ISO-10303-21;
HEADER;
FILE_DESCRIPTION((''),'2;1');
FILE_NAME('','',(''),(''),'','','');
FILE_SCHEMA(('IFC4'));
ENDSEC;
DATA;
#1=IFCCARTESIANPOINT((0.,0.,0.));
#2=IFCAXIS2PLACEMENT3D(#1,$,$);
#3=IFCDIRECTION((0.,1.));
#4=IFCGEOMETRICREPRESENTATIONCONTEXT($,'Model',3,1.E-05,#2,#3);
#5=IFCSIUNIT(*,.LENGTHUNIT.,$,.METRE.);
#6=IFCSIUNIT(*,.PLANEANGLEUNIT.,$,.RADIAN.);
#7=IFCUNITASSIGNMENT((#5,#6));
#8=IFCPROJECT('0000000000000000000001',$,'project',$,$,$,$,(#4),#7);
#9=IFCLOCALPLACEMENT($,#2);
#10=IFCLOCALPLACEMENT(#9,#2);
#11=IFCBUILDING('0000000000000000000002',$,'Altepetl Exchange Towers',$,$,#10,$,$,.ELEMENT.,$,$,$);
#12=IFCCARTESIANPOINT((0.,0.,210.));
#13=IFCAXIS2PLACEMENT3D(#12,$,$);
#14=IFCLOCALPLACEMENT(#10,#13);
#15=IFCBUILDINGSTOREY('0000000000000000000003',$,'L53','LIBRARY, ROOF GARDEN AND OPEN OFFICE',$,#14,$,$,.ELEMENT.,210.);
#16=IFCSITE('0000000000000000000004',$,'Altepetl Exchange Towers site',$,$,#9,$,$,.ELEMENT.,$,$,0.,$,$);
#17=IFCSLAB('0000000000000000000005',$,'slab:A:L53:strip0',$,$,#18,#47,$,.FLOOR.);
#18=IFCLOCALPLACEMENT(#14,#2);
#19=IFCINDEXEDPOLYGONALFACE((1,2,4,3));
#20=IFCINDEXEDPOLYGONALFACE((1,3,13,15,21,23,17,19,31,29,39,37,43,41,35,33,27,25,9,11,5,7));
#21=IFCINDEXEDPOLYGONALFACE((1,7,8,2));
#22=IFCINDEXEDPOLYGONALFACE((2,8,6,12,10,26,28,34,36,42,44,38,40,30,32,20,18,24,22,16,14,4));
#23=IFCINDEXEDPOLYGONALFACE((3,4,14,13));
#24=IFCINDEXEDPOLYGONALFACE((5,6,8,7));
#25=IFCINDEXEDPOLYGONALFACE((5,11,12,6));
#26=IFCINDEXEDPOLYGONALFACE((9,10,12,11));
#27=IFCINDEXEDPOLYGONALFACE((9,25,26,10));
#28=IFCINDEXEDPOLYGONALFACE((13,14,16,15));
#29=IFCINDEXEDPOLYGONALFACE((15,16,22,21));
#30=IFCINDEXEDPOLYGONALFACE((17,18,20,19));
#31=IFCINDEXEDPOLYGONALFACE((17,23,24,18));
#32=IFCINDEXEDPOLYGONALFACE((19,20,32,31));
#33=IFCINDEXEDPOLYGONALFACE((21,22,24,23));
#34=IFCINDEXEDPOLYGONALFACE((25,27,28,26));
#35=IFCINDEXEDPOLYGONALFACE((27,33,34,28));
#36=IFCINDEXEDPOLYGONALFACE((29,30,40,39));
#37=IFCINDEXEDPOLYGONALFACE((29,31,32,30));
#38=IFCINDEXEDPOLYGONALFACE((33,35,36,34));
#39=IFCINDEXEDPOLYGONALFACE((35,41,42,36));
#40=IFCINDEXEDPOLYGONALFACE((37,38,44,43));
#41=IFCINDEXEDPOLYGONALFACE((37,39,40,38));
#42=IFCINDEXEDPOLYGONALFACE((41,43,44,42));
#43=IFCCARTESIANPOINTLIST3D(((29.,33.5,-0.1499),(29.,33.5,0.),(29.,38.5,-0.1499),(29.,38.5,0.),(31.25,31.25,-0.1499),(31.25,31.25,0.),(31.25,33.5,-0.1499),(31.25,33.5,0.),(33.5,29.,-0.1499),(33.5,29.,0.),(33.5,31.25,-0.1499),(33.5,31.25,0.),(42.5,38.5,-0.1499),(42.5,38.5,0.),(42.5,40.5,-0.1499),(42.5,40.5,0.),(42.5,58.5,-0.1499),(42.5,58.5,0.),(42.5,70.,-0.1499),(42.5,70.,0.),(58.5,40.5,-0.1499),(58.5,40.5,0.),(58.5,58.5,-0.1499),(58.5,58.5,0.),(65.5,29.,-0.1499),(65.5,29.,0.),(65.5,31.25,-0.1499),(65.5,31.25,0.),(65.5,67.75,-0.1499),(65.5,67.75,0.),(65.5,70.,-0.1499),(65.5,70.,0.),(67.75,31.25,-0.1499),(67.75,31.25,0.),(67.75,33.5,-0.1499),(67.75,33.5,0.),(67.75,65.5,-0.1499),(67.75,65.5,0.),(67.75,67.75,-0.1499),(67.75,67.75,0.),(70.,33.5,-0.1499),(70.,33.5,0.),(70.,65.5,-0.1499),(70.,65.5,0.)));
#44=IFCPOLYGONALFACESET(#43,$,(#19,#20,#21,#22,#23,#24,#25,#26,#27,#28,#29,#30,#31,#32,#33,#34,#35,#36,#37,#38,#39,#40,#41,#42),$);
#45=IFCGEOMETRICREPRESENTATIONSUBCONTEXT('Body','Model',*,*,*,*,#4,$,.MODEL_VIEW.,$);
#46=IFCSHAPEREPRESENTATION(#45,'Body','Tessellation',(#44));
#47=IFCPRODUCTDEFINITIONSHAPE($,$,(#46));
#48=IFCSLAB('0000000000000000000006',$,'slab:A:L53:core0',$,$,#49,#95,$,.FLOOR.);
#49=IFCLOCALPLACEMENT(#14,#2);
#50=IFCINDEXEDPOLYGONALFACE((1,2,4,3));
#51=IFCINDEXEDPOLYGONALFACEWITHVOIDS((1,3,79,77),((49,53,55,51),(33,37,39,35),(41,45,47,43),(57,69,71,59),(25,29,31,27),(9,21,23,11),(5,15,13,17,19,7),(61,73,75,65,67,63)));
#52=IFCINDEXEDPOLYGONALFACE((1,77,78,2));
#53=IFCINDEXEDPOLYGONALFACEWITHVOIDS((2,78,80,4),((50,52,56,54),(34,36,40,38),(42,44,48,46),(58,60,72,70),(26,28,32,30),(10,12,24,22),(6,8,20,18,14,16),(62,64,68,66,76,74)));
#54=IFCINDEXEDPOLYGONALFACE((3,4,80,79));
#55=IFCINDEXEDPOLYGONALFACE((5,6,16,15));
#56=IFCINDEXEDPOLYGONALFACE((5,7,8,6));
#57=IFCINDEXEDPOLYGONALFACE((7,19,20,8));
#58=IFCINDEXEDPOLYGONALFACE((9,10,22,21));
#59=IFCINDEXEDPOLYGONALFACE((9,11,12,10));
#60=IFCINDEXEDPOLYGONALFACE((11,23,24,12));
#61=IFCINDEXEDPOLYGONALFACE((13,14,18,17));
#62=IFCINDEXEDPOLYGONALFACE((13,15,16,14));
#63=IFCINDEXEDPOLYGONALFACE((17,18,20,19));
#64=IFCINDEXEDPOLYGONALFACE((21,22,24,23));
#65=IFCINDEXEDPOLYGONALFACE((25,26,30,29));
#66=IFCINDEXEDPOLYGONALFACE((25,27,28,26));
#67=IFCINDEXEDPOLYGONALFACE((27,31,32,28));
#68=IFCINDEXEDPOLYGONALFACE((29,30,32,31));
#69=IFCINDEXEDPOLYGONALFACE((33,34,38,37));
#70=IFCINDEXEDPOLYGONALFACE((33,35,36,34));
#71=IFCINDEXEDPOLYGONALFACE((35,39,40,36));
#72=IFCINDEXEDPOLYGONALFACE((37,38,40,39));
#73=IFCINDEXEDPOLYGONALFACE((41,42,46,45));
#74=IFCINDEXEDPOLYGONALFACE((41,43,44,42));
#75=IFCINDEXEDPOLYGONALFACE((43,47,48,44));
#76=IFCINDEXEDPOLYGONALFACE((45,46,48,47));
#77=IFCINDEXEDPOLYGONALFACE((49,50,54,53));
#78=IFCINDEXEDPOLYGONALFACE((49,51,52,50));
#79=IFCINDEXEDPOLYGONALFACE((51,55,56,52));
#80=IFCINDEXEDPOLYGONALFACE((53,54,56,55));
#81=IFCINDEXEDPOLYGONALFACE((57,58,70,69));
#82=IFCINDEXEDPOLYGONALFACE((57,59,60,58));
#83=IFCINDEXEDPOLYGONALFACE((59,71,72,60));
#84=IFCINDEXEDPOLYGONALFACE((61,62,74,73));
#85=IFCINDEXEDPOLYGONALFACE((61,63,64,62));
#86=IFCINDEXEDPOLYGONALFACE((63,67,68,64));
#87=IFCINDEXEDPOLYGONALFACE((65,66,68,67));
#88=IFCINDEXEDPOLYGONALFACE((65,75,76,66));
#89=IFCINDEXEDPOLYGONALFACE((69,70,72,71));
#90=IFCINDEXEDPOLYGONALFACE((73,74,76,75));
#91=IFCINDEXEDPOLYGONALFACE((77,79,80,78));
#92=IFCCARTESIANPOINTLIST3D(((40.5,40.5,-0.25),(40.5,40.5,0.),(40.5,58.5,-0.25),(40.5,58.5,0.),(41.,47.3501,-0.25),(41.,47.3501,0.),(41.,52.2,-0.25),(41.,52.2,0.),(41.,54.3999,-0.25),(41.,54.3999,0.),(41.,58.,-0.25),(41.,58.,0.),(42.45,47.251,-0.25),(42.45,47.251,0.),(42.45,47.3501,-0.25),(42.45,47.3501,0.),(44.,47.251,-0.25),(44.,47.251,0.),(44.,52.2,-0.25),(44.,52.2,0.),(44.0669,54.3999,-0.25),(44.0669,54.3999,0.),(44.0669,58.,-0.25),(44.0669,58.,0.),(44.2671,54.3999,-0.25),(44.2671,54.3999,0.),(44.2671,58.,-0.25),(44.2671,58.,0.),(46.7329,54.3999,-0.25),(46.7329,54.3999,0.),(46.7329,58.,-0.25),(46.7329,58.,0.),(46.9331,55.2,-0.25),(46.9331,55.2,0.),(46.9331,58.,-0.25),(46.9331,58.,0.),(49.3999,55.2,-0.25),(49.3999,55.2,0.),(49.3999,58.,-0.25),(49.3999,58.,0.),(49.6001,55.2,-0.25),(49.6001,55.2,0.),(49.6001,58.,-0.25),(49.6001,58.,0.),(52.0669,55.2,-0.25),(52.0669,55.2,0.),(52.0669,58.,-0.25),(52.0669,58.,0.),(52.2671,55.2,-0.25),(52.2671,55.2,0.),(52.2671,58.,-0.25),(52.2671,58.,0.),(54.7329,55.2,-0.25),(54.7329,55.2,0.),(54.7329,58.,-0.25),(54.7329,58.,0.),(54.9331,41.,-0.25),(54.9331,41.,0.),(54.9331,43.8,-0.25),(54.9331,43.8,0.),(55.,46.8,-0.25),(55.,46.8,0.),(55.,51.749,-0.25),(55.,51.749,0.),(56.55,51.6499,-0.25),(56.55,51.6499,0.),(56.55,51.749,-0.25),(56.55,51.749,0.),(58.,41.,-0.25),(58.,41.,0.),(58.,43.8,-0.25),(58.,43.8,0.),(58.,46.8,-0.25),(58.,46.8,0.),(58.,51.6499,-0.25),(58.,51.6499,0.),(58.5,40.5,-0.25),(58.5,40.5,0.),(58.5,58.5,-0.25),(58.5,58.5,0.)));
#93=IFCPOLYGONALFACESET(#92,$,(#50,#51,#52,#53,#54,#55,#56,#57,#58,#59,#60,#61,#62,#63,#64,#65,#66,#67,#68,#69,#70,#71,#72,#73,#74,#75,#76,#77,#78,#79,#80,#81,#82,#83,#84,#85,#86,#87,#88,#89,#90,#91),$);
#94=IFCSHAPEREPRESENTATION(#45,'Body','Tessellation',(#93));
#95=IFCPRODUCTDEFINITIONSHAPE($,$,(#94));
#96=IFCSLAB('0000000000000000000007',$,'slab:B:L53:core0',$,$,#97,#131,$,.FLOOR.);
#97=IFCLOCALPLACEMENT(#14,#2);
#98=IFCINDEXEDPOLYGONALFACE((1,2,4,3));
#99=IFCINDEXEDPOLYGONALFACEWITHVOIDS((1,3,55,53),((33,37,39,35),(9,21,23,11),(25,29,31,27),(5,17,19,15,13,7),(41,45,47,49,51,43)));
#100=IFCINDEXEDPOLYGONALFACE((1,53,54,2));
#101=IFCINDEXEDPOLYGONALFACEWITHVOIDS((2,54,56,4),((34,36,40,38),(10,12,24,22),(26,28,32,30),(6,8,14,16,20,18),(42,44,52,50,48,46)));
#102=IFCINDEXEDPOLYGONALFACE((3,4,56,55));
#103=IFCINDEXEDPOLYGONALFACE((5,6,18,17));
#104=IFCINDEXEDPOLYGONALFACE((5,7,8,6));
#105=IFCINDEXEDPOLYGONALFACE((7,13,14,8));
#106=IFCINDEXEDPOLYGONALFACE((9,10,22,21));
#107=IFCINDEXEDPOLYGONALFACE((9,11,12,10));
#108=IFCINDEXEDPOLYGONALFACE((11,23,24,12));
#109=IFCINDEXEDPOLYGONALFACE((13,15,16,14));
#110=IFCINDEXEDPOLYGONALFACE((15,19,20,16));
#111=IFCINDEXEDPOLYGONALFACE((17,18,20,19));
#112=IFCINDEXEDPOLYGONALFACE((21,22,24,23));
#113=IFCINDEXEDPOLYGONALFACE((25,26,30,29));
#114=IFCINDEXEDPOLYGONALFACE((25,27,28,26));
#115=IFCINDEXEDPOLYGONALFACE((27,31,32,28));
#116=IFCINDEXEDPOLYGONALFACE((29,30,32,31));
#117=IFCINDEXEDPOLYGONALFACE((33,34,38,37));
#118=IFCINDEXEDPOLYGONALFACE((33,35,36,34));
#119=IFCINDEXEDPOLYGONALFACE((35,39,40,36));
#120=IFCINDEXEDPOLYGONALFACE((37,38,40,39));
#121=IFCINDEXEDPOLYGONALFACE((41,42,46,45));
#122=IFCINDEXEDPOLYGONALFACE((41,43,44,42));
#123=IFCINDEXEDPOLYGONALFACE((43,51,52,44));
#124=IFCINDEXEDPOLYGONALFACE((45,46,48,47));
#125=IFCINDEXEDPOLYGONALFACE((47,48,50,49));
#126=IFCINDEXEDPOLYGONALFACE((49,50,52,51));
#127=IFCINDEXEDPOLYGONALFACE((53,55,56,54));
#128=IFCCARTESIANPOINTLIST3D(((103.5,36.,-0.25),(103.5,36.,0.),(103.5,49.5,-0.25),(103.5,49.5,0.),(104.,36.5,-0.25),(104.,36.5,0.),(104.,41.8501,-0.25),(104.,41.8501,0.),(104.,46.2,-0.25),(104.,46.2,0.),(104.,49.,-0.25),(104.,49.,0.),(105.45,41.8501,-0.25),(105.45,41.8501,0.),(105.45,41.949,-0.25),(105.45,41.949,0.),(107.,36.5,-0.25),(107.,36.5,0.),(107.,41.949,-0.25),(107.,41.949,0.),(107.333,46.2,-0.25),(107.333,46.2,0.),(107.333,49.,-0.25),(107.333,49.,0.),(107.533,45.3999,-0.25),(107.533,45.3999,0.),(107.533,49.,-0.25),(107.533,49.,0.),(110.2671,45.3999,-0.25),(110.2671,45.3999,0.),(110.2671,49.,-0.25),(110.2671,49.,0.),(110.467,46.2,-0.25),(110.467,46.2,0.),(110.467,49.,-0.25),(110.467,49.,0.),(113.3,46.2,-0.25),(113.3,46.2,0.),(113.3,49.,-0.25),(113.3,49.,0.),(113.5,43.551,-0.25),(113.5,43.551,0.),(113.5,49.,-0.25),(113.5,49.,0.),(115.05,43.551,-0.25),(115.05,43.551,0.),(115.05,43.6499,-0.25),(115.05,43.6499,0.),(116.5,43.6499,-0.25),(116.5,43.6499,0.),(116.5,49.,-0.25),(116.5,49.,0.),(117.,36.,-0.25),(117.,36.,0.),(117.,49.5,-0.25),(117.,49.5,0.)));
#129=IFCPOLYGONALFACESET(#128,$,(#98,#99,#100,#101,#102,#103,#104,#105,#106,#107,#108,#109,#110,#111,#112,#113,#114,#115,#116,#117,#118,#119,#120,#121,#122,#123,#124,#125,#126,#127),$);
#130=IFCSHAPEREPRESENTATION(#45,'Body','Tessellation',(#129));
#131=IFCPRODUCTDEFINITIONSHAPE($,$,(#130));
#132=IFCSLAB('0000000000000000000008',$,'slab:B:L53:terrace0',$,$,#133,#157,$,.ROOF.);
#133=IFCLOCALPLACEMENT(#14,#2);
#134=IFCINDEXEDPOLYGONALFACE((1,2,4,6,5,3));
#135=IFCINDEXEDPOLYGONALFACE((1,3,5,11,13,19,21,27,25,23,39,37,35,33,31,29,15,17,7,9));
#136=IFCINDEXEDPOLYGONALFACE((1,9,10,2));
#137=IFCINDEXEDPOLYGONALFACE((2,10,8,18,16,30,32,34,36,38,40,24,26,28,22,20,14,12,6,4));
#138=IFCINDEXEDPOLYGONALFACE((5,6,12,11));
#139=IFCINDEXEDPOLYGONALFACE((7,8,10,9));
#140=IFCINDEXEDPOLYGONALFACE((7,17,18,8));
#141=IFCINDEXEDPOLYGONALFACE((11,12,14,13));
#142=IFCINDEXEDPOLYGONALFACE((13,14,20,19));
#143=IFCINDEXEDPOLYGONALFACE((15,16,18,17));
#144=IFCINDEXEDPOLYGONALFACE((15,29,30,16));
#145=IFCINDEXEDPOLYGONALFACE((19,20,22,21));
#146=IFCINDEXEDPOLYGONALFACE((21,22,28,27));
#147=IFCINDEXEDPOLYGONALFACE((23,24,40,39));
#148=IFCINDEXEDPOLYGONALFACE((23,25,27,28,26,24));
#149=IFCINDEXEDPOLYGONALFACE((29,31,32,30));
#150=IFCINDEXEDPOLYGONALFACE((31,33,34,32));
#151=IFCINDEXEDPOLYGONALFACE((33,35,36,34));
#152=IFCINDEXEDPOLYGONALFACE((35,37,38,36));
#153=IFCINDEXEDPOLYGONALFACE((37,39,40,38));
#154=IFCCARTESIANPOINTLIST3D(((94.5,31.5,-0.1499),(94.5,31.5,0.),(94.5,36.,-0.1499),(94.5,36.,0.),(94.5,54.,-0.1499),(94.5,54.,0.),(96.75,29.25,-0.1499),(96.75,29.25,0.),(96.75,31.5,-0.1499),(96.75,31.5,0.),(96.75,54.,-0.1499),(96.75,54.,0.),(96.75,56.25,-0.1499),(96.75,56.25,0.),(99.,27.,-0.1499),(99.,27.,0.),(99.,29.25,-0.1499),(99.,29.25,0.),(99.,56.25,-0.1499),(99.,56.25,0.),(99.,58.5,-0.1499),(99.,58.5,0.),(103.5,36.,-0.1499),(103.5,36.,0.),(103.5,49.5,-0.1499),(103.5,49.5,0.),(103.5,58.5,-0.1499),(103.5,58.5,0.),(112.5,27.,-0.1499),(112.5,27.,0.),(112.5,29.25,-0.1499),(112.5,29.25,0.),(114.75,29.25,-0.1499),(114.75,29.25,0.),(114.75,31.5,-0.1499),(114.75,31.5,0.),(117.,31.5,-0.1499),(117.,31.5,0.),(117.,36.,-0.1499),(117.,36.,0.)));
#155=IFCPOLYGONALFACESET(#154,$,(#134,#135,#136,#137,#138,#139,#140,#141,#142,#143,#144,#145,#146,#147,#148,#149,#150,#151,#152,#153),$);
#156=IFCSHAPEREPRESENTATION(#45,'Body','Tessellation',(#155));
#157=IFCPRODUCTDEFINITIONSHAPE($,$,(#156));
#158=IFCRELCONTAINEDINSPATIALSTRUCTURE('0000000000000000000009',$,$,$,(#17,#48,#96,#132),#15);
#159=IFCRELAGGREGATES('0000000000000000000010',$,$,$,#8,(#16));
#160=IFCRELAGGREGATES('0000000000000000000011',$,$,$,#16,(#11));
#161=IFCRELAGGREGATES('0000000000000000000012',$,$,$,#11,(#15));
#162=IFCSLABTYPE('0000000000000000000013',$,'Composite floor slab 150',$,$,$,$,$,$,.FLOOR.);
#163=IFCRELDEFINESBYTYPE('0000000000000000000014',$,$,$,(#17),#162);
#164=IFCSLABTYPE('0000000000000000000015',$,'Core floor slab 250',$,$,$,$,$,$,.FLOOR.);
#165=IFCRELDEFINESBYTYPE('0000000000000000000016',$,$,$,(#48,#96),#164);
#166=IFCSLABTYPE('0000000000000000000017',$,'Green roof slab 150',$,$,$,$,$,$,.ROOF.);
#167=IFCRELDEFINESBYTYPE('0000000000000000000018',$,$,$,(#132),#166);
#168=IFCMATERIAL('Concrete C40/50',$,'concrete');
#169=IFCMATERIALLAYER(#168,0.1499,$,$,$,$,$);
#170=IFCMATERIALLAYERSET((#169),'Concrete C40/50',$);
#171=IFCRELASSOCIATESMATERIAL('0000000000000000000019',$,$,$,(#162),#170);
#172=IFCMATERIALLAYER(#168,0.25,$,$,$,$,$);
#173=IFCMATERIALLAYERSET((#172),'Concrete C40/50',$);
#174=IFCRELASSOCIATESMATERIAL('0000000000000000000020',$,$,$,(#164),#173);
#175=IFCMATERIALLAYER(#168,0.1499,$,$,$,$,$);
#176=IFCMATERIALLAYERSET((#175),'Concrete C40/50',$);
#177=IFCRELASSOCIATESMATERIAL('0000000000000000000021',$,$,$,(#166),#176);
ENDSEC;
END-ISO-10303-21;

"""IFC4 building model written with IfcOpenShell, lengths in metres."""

from ifc_helpers import new_model, si_unit, direction, frame, origin, place, context, subcontext, project, spatial, polyline, outline, extrude, material, layer, layer_set, type_object, element, save


model = new_model("IFC4")

# Units and contexts
model_context = context("Model", 3, precision=1e-05, world=origin(), true_north=direction((0.0, 1.0)))
body_context = subcontext(model_context, "Body", "Model", "MODEL_VIEW")
ifc_project = project(units=[si_unit("LENGTHUNIT", "METRE"), si_unit("PLANEANGLEUNIT", "RADIAN")], contexts=[model_context])

# Site, building, storey
site_placement = place(None, origin())
site = spatial("IfcSite", under=ifc_project, at=site_placement, Name="Altepetl Exchange Towers site", CompositionType="ELEMENT", RefElevation=0.0)
building_placement = place(site_placement, origin())
building = spatial("IfcBuilding", under=site, at=building_placement, Name="Altepetl Exchange Towers", CompositionType="ELEMENT")
storey_placement = place(building_placement, frame((0.0, 0.0, 210.0)))
storey = spatial("IfcBuildingStorey", under=building, at=storey_placement, Name="L53", Description="LIBRARY, ROOF GARDEN AND OPEN OFFICE", CompositionType="ELEMENT", Elevation=210.0)

# Slabs
ifc_material_1 = material(Name="Concrete C40/50", Category="concrete")
ifc_layer_1 = layer(ifc_material_1, 0.1499)
ifc_layer_set_1 = layer_set([ifc_layer_1], Name="Concrete C40/50")
slab_type_1 = type_object("IfcSlabType", Name="Composite floor slab 150", PredefinedType="FLOOR", material=ifc_layer_set_1)
slab_1_placement = place(storey_placement, frame((0.0, 0.0, -0.1499)))
element("IfcSlab", 1, at=slab_1_placement, inside=storey, type_object=slab_type_1, Name="slab:A:L53:strip0", PredefinedType="FLOOR", context=body_context, shape_type="SweptSolid", body=[
    extrude(outline(polyline([(42.5, 70.0), (42.5, 58.5), (58.5, 58.5), (58.5, 40.5), (42.5, 40.5), (42.5, 38.5), (29.0, 38.5), (29.0, 33.5), (31.25, 33.5), (31.25, 31.25), (33.5, 31.25), (33.5, 29.0), (65.5, 29.0), (65.5, 31.25), (67.75, 31.25), (67.75, 33.5), (70.0, 33.5), (70.0, 65.5), (67.75, 65.5), (67.75, 67.75), (65.5, 67.75), (65.5, 70.0), (42.5, 70.0)])), origin(), (0.0, 0.0, 1.0), 0.1499),
])
ifc_layer_2 = layer(ifc_material_1, 0.25)
ifc_layer_set_2 = layer_set([ifc_layer_2], Name="Concrete C40/50")
slab_type_2 = type_object("IfcSlabType", Name="Core floor slab 250", PredefinedType="FLOOR", material=ifc_layer_set_2)
slab_2_placement = place(storey_placement, frame((0.0, 0.0, -0.25)))
element("IfcSlab", 2, at=slab_2_placement, inside=storey, type_object=slab_type_2, Name="slab:A:L53:core0", PredefinedType="FLOOR", context=body_context, shape_type="SweptSolid", body=[
    extrude(outline(polyline([(40.5, 40.5), (58.5, 40.5), (58.5, 58.5), (40.5, 58.5), (40.5, 40.5)]), holes=[polyline([(54.9331, 43.8), (58.0, 43.8), (58.0, 41.0), (54.9331, 41.0), (54.9331, 43.8)]), polyline([(55.0, 51.749), (56.55, 51.749), (56.55, 51.6499), (58.0, 51.6499), (58.0, 46.8), (55.0, 46.8), (55.0, 51.749)]), polyline([(44.0, 47.251), (42.45, 47.251), (42.45, 47.3501), (41.0, 47.3501), (41.0, 52.2), (44.0, 52.2), (44.0, 47.251)]), polyline([(41.0, 58.0), (44.0669, 58.0), (44.0669, 54.3999), (41.0, 54.3999), (41.0, 58.0)]), polyline([(44.2671, 58.0), (46.7329, 58.0), (46.7329, 54.3999), (44.2671, 54.3999), (44.2671, 58.0)]), polyline([(46.9331, 58.0), (49.3999, 58.0), (49.3999, 55.2), (46.9331, 55.2), (46.9331, 58.0)]), polyline([(49.6001, 58.0), (52.0669, 58.0), (52.0669, 55.2), (49.6001, 55.2), (49.6001, 58.0)]), polyline([(52.2671, 58.0), (54.7329, 58.0), (54.7329, 55.2), (52.2671, 55.2), (52.2671, 58.0)])]), origin(), (0.0, 0.0, 1.0), 0.25),
])
slab_3_placement = place(storey_placement, frame((0.0, 0.0, -0.25)))
element("IfcSlab", 3, at=slab_3_placement, inside=storey, type_object=slab_type_2, Name="slab:B:L53:core0", PredefinedType="FLOOR", context=body_context, shape_type="SweptSolid", body=[
    extrude(outline(polyline([(103.5, 36.0), (117.0, 36.0), (117.0, 49.5), (103.5, 49.5), (103.5, 36.0)]), holes=[polyline([(107.0, 36.5), (104.0, 36.5), (104.0, 41.8501), (105.45, 41.8501), (105.45, 41.949), (107.0, 41.949), (107.0, 36.5)]), polyline([(113.5, 49.0), (116.5, 49.0), (116.5, 43.6499), (115.05, 43.6499), (115.05, 43.551), (113.5, 43.551), (113.5, 49.0)]), polyline([(107.533, 45.3999), (107.533, 49.0), (110.2671, 49.0), (110.2671, 45.3999), (107.533, 45.3999)]), polyline([(104.0, 49.0), (107.333, 49.0), (107.333, 46.2), (104.0, 46.2), (104.0, 49.0)]), polyline([(110.467, 49.0), (113.3, 49.0), (113.3, 46.2), (110.467, 46.2), (110.467, 49.0)])]), origin(), (0.0, 0.0, 1.0), 0.25),
])
ifc_layer_3 = layer(ifc_material_1, 0.1499)
ifc_layer_set_3 = layer_set([ifc_layer_3], Name="Concrete C40/50")
slab_type_3 = type_object("IfcSlabType", Name="Green roof slab 150", PredefinedType="ROOF", material=ifc_layer_set_3)
slab_4_placement = place(storey_placement, frame((0.0, 0.0, -0.1499)))
element("IfcSlab", 4, at=slab_4_placement, inside=storey, type_object=slab_type_3, Name="slab:B:L53:terrace0", PredefinedType="ROOF", context=body_context, shape_type="SweptSolid", body=[
    extrude(outline(polyline([(96.75, 29.25), (99.0, 29.25), (99.0, 27.0), (112.5, 27.0), (112.5, 29.25), (114.75, 29.25), (114.75, 31.5), (117.0, 31.5), (117.0, 36.0), (103.5, 36.0), (103.5, 49.5), (103.5, 58.5), (99.0, 58.5), (99.0, 56.25), (96.75, 56.25), (96.75, 54.0), (94.5, 54.0), (94.5, 36.0), (94.5, 31.5), (96.75, 31.5), (96.75, 29.25)])), origin(), (0.0, 0.0, 1.0), 0.1499),
])

save(model, "model.ifc")
